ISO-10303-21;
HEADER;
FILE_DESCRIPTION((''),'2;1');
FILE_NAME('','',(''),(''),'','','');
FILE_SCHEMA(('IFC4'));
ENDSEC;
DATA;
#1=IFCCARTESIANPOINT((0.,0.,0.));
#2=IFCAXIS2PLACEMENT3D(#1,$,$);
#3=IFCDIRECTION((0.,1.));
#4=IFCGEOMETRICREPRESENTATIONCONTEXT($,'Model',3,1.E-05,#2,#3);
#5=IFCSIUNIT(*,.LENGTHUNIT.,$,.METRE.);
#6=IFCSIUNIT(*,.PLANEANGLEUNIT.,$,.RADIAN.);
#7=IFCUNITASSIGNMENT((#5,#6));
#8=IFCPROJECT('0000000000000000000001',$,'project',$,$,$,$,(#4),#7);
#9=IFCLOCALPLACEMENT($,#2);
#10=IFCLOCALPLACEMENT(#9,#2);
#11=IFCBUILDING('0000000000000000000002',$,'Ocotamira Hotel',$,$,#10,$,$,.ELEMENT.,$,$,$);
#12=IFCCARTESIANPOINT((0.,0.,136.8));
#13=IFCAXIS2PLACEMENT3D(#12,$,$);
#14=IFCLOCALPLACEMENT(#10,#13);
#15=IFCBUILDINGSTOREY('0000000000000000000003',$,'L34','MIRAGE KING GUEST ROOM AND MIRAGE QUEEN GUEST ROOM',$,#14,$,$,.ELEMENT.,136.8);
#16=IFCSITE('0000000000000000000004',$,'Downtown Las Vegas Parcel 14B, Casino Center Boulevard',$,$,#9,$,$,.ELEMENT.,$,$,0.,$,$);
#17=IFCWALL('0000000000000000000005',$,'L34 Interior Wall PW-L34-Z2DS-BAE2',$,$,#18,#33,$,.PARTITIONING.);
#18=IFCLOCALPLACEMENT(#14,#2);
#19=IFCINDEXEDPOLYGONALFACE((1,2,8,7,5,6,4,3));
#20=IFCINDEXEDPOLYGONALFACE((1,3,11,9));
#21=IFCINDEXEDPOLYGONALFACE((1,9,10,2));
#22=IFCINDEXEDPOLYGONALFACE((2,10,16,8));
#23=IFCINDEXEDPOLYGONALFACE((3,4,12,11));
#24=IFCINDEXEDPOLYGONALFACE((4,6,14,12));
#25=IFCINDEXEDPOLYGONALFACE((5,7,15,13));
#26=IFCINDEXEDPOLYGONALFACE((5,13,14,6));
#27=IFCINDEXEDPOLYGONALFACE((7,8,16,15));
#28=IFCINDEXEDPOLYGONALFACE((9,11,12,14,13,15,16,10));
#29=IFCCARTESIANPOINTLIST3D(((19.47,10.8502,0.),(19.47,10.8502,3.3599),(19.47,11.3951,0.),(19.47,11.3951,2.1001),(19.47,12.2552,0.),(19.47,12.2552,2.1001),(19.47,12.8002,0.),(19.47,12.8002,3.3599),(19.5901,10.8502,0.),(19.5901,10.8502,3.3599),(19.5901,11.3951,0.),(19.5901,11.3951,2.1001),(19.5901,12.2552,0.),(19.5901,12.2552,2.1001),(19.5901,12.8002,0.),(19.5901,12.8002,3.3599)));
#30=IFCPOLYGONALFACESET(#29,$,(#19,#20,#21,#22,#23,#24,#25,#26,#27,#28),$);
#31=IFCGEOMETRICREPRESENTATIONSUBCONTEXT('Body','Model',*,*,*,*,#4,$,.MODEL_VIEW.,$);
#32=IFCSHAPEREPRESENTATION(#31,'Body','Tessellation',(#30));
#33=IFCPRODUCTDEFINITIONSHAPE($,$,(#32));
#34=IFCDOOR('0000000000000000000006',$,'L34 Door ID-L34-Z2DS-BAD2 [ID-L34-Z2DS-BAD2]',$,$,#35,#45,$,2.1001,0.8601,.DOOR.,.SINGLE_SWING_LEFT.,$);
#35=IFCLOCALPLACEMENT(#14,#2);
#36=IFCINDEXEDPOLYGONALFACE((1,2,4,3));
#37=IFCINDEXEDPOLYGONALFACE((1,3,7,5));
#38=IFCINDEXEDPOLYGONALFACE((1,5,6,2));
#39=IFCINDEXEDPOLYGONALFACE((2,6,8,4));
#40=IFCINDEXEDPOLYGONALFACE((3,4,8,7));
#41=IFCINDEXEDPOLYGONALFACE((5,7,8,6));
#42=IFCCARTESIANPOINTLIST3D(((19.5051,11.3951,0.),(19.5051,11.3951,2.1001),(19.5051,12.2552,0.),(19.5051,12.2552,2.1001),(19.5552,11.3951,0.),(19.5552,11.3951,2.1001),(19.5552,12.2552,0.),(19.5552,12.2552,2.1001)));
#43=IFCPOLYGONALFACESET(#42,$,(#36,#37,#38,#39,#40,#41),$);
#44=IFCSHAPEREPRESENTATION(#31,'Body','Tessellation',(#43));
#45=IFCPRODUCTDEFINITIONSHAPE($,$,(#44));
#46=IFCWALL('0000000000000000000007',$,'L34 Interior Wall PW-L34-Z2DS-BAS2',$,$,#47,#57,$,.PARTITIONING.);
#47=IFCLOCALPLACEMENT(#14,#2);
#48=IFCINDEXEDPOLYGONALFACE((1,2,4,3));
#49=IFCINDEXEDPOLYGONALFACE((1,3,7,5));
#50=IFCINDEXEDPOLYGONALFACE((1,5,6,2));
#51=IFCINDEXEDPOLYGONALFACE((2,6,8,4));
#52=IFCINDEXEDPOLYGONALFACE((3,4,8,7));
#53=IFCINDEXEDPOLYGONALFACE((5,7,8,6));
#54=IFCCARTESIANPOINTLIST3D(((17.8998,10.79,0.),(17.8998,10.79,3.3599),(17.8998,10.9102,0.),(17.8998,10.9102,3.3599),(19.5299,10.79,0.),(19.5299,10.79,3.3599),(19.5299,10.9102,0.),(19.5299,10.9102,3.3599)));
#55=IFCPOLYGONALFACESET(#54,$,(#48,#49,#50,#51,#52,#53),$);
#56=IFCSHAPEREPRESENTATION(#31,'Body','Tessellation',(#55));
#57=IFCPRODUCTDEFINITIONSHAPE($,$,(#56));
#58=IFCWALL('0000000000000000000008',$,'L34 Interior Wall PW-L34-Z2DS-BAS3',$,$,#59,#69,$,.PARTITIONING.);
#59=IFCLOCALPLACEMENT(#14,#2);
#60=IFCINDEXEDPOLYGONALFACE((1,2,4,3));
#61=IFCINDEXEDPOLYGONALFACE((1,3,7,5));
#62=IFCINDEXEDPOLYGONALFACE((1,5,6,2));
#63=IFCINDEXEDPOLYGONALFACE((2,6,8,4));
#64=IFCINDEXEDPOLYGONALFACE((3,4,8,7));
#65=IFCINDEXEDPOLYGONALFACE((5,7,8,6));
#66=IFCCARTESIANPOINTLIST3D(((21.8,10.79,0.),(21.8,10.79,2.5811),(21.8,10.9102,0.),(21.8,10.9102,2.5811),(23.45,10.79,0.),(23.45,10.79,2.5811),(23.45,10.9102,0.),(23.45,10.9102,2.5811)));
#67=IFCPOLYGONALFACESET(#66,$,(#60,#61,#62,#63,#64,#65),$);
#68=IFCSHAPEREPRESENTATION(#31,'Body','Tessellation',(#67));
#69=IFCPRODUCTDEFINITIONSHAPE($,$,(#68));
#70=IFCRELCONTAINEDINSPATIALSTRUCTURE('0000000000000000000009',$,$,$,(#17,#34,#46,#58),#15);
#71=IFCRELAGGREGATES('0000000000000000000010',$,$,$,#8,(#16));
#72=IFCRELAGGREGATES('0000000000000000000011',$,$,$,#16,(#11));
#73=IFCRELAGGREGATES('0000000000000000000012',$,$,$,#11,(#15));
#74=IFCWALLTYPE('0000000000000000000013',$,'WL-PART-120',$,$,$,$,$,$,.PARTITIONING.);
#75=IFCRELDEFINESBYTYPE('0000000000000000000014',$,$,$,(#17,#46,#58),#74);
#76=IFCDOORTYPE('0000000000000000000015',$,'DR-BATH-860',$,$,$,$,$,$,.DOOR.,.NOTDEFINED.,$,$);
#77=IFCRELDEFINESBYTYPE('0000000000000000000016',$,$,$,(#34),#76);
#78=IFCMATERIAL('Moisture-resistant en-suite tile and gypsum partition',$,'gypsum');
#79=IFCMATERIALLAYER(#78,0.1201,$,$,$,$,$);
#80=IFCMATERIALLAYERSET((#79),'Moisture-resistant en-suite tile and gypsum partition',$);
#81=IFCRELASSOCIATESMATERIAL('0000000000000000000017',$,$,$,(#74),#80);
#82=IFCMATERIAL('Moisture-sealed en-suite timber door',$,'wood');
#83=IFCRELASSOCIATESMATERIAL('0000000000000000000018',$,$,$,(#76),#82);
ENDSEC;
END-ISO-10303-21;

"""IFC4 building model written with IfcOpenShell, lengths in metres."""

from ifc_helpers import new_model, si_unit, direction, frame, frame_2d, origin, place, context, subcontext, project, spatial, rectangle, extrude, source, transform, mapped, material, layer, layer_set, type_object, element, fill, save


model = new_model("IFC4")

# Units and contexts
model_context = context("Model", 3, precision=1e-05, world=origin(), true_north=direction((0.0, 1.0)))
body_context = subcontext(model_context, "Body", "Model", "MODEL_VIEW")
ifc_project = project(units=[si_unit("LENGTHUNIT", "METRE"), si_unit("PLANEANGLEUNIT", "RADIAN")], contexts=[model_context])

# Site, building, storey
site_placement = place(None, origin())
site = spatial("IfcSite", under=ifc_project, at=site_placement, Name="Downtown Las Vegas Parcel 14B, Casino Center Boulevard", CompositionType="ELEMENT", RefElevation=0.0)
building_placement = place(site_placement, origin())
building = spatial("IfcBuilding", under=site, at=building_placement, Name="Ocotamira Hotel", CompositionType="ELEMENT")
storey_placement = place(building_placement, frame((0.0, 0.0, 136.8)))
storey = spatial("IfcBuildingStorey", under=building, at=storey_placement, Name="L34", Description="MIRAGE KING GUEST ROOM AND MIRAGE QUEEN GUEST ROOM", CompositionType="ELEMENT", Elevation=136.8)

# Shared definitions
ifc_material_1 = material(Name="Moisture-resistant en-suite tile and gypsum partition", Category="gypsum")
ifc_layer_1 = layer(ifc_material_1, 0.1201)
ifc_layer_set_1 = layer_set([ifc_layer_1], Name="Moisture-resistant en-suite tile and gypsum partition")
wall_type_1 = type_object("IfcWallType", Name="WL-PART-120", PredefinedType="PARTITIONING", material=ifc_layer_set_1)
ifc_material_2 = material(Name="Moisture-sealed en-suite timber door", Category="wood")
door_type_1 = type_object("IfcDoorType", Name="DR-BATH-860", OperationType="NOTDEFINED", PredefinedType="DOOR", material=ifc_material_2)
shared_shape_1 = source(origin(), body_context, "Body", "SweptSolid", [
    extrude(rectangle(XDim=0.8601, YDim=2.1001, at=frame_2d((0.4302, 1.05))), frame((0.0, 0.0249, 0.0), z_axis=(0.0, -1.0, 0.0), x_axis=(1.0, 0.0, 0.0)), (0.0, 0.0, 1.0), 0.05),
])

# Wall, opening, door
wall_1_placement = place(storey_placement, frame((19.53, 10.8501, 0.0), z_axis=(0.0, 0.0, 1.0), x_axis=(0.0, 1.0, 0.0)))
wall_1 = element("IfcWall", 1, at=wall_1_placement, inside=storey, type_object=wall_type_1, Name="L34 Interior Wall PW-L34-Z2DS-BAE2", PredefinedType="PARTITIONING", context=body_context, shape_type="SweptSolid", body=[
    extrude(rectangle(XDim=1.95, YDim=0.1201, at=frame_2d((0.9751, 0.0))), origin(), (0.0, 0.0, 1.0), 3.3599),
])
opening_1_placement = place(wall_1_placement, frame((0.5449, 0.0, 0.0)))
opening_1 = element("IfcOpeningElement", 2, at=opening_1_placement, cuts=wall_1, PredefinedType="OPENING", context=body_context, shape_type="SweptSolid", body=[
    extrude(rectangle(XDim=0.8601, YDim=2.1001, at=frame_2d((0.4302, 1.05))), frame((0.0, 0.0701, 0.0), z_axis=(0.0, -1.0, 0.0), x_axis=(1.0, 0.0, 0.0)), (0.0, 0.0, 1.0), 0.1401),
])
door_1_placement = place(opening_1_placement, origin())
door_1 = element("IfcDoor", 3, at=door_1_placement, inside=storey, type_object=door_type_1, Name="L34 Door ID-L34-Z2DS-BAD2 [ID-L34-Z2DS-BAD2]", OperationType="SINGLE_SWING_LEFT", OverallHeight=2.1001, OverallWidth=0.8601, PredefinedType="DOOR", context=body_context, shape_type="MappedRepresentation", body=[
    mapped(shared_shape_1, transform((0.0, 0.0, 0.0), scale=1.0)),
])
fill(opening_1, door_1)

# Walls
wall_2_placement = place(storey_placement, frame((17.8999, 10.8501, 0.0), z_axis=(0.0, 0.0, 1.0), x_axis=(1.0, 0.0, 0.0)))
element("IfcWall", 4, at=wall_2_placement, inside=storey, type_object=wall_type_1, Name="L34 Interior Wall PW-L34-Z2DS-BAS2", PredefinedType="PARTITIONING", context=body_context, shape_type="SweptSolid", body=[
    extrude(rectangle(XDim=1.6301, YDim=0.1201, at=frame_2d((0.8149, 0.0))), origin(), (0.0, 0.0, 1.0), 3.3599),
])
wall_3_placement = place(storey_placement, frame((21.8, 10.8501, 0.0), z_axis=(0.0, 0.0, 1.0), x_axis=(1.0, 0.0, 0.0)))
element("IfcWall", 5, at=wall_3_placement, inside=storey, type_object=wall_type_1, Name="L34 Interior Wall PW-L34-Z2DS-BAS3", PredefinedType="PARTITIONING", context=body_context, shape_type="SweptSolid", body=[
    extrude(rectangle(XDim=1.6499, YDim=0.1201, at=frame_2d((0.825, 0.0))), origin(), (0.0, 0.0, 1.0), 2.5811),
])

save(model, "model.ifc")
